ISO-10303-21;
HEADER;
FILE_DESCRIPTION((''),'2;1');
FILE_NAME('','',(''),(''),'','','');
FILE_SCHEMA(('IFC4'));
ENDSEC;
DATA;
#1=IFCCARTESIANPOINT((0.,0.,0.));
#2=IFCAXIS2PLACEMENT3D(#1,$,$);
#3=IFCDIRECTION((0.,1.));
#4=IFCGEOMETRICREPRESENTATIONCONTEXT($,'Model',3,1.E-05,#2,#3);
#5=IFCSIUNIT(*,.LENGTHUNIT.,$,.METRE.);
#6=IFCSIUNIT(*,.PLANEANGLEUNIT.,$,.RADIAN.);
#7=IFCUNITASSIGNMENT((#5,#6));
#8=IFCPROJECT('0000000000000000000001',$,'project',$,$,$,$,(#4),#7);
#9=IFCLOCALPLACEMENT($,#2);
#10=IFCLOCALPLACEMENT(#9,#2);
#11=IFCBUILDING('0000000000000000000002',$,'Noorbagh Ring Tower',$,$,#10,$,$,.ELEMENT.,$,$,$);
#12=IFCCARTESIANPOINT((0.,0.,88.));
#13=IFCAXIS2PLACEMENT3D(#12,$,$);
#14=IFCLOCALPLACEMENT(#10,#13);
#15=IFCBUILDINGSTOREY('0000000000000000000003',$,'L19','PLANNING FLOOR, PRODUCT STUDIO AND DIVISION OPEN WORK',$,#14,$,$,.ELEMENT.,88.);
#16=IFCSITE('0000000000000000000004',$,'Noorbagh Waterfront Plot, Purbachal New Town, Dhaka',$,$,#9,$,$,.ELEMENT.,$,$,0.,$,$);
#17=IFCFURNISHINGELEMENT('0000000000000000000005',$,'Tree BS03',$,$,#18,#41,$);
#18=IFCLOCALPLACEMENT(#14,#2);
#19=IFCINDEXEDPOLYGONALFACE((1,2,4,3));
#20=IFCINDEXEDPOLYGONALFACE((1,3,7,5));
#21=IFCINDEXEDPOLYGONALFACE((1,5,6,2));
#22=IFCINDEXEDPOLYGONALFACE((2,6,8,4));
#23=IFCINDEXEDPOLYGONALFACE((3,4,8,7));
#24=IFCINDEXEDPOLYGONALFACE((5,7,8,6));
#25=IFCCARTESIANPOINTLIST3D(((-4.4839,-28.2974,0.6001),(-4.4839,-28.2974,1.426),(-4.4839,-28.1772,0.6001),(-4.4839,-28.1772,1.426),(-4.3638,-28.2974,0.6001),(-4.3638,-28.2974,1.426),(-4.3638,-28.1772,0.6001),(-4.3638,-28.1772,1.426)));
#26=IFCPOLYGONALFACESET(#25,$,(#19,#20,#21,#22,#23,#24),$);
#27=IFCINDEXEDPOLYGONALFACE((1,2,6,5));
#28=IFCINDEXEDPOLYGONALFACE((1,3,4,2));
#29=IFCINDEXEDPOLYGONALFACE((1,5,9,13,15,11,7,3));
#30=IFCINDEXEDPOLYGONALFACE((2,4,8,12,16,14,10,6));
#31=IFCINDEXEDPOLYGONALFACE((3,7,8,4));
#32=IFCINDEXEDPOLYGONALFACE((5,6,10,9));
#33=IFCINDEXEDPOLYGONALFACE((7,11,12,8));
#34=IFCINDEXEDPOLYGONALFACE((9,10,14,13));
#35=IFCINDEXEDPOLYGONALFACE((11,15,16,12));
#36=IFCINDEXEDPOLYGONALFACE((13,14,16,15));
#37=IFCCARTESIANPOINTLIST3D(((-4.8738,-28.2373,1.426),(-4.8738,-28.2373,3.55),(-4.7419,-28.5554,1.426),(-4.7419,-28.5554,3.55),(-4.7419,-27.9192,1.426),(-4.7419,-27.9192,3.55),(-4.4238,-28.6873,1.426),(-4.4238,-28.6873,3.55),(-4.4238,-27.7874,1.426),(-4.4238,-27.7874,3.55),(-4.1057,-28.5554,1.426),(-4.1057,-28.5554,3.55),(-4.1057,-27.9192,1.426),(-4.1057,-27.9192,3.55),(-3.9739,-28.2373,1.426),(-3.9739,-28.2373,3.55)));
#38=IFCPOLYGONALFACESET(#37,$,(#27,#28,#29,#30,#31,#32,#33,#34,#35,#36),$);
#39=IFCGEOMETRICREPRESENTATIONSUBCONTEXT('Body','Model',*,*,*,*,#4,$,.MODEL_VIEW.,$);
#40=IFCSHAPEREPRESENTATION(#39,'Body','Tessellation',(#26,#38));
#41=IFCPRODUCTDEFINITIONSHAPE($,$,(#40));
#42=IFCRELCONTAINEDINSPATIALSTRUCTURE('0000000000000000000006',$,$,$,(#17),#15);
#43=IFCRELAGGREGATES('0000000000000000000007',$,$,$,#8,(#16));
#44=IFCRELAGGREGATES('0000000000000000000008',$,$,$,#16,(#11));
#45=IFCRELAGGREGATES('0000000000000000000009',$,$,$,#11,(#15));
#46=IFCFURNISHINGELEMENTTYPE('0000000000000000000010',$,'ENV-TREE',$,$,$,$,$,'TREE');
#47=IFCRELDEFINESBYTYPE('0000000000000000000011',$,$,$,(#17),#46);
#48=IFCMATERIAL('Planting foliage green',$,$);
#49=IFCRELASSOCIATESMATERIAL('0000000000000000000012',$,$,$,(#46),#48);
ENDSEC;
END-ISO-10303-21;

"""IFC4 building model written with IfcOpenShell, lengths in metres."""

from ifc_helpers import new_model, si_unit, direction, frame, origin, origin_2d, place, context, subcontext, project, spatial, polyline, rectangle, outline, extrude, material, type_object, element, save


model = new_model("IFC4")

# Units and contexts
model_context = context("Model", 3, precision=1e-05, world=origin(), true_north=direction((0.0, 1.0)))
body_context = subcontext(model_context, "Body", "Model", "MODEL_VIEW")
ifc_project = project(units=[si_unit("LENGTHUNIT", "METRE"), si_unit("PLANEANGLEUNIT", "RADIAN")], contexts=[model_context])

# Site, building, storey
site_placement = place(None, origin())
site = spatial("IfcSite", under=ifc_project, at=site_placement, Name="Noorbagh Waterfront Plot, Purbachal New Town, Dhaka", CompositionType="ELEMENT", RefElevation=0.0)
building_placement = place(site_placement, origin())
building = spatial("IfcBuilding", under=site, at=building_placement, Name="Noorbagh Ring Tower", CompositionType="ELEMENT")
storey_placement = place(building_placement, frame((0.0, 0.0, 88.0)))
storey = spatial("IfcBuildingStorey", under=building, at=storey_placement, Name="L19", Description="PLANNING FLOOR, PRODUCT STUDIO AND DIVISION OPEN WORK", CompositionType="ELEMENT", Elevation=88.0)

# Furnishing element
ifc_material_1 = material(Name="Planting foliage green")
furnishing_element_type = type_object("IfcFurnishingElementType", Name="ENV-TREE", ElementType="TREE", material=ifc_material_1)
furnishing_placement = place(storey_placement, frame((-4.4238, -28.2373, 0.6001), z_axis=(0.0, 0.0, 1.0), x_axis=(1.0, 0.0, 0.0)))
element("IfcFurnishingElement", 1, at=furnishing_placement, inside=storey, type_object=furnishing_element_type, Name="Tree BS03", context=body_context, shape_type="SweptSolid", body=[
    extrude(rectangle(XDim=0.1201, YDim=0.1201, at=origin_2d()), origin(), (0.0, 0.0, 1.0), 0.8259),
    extrude(outline(polyline([(0.45, 0.0), (0.3181, 0.3181), (0.0, 0.45), (-0.3181, 0.3181), (-0.45, 0.0), (-0.3181, -0.3181), (0.0, -0.45), (0.3181, -0.3181), (0.45, 0.0)])), frame((0.0, 0.0, 0.8259)), (0.0, 0.0, 1.0), 2.124),
])

save(model, "model.ifc")
